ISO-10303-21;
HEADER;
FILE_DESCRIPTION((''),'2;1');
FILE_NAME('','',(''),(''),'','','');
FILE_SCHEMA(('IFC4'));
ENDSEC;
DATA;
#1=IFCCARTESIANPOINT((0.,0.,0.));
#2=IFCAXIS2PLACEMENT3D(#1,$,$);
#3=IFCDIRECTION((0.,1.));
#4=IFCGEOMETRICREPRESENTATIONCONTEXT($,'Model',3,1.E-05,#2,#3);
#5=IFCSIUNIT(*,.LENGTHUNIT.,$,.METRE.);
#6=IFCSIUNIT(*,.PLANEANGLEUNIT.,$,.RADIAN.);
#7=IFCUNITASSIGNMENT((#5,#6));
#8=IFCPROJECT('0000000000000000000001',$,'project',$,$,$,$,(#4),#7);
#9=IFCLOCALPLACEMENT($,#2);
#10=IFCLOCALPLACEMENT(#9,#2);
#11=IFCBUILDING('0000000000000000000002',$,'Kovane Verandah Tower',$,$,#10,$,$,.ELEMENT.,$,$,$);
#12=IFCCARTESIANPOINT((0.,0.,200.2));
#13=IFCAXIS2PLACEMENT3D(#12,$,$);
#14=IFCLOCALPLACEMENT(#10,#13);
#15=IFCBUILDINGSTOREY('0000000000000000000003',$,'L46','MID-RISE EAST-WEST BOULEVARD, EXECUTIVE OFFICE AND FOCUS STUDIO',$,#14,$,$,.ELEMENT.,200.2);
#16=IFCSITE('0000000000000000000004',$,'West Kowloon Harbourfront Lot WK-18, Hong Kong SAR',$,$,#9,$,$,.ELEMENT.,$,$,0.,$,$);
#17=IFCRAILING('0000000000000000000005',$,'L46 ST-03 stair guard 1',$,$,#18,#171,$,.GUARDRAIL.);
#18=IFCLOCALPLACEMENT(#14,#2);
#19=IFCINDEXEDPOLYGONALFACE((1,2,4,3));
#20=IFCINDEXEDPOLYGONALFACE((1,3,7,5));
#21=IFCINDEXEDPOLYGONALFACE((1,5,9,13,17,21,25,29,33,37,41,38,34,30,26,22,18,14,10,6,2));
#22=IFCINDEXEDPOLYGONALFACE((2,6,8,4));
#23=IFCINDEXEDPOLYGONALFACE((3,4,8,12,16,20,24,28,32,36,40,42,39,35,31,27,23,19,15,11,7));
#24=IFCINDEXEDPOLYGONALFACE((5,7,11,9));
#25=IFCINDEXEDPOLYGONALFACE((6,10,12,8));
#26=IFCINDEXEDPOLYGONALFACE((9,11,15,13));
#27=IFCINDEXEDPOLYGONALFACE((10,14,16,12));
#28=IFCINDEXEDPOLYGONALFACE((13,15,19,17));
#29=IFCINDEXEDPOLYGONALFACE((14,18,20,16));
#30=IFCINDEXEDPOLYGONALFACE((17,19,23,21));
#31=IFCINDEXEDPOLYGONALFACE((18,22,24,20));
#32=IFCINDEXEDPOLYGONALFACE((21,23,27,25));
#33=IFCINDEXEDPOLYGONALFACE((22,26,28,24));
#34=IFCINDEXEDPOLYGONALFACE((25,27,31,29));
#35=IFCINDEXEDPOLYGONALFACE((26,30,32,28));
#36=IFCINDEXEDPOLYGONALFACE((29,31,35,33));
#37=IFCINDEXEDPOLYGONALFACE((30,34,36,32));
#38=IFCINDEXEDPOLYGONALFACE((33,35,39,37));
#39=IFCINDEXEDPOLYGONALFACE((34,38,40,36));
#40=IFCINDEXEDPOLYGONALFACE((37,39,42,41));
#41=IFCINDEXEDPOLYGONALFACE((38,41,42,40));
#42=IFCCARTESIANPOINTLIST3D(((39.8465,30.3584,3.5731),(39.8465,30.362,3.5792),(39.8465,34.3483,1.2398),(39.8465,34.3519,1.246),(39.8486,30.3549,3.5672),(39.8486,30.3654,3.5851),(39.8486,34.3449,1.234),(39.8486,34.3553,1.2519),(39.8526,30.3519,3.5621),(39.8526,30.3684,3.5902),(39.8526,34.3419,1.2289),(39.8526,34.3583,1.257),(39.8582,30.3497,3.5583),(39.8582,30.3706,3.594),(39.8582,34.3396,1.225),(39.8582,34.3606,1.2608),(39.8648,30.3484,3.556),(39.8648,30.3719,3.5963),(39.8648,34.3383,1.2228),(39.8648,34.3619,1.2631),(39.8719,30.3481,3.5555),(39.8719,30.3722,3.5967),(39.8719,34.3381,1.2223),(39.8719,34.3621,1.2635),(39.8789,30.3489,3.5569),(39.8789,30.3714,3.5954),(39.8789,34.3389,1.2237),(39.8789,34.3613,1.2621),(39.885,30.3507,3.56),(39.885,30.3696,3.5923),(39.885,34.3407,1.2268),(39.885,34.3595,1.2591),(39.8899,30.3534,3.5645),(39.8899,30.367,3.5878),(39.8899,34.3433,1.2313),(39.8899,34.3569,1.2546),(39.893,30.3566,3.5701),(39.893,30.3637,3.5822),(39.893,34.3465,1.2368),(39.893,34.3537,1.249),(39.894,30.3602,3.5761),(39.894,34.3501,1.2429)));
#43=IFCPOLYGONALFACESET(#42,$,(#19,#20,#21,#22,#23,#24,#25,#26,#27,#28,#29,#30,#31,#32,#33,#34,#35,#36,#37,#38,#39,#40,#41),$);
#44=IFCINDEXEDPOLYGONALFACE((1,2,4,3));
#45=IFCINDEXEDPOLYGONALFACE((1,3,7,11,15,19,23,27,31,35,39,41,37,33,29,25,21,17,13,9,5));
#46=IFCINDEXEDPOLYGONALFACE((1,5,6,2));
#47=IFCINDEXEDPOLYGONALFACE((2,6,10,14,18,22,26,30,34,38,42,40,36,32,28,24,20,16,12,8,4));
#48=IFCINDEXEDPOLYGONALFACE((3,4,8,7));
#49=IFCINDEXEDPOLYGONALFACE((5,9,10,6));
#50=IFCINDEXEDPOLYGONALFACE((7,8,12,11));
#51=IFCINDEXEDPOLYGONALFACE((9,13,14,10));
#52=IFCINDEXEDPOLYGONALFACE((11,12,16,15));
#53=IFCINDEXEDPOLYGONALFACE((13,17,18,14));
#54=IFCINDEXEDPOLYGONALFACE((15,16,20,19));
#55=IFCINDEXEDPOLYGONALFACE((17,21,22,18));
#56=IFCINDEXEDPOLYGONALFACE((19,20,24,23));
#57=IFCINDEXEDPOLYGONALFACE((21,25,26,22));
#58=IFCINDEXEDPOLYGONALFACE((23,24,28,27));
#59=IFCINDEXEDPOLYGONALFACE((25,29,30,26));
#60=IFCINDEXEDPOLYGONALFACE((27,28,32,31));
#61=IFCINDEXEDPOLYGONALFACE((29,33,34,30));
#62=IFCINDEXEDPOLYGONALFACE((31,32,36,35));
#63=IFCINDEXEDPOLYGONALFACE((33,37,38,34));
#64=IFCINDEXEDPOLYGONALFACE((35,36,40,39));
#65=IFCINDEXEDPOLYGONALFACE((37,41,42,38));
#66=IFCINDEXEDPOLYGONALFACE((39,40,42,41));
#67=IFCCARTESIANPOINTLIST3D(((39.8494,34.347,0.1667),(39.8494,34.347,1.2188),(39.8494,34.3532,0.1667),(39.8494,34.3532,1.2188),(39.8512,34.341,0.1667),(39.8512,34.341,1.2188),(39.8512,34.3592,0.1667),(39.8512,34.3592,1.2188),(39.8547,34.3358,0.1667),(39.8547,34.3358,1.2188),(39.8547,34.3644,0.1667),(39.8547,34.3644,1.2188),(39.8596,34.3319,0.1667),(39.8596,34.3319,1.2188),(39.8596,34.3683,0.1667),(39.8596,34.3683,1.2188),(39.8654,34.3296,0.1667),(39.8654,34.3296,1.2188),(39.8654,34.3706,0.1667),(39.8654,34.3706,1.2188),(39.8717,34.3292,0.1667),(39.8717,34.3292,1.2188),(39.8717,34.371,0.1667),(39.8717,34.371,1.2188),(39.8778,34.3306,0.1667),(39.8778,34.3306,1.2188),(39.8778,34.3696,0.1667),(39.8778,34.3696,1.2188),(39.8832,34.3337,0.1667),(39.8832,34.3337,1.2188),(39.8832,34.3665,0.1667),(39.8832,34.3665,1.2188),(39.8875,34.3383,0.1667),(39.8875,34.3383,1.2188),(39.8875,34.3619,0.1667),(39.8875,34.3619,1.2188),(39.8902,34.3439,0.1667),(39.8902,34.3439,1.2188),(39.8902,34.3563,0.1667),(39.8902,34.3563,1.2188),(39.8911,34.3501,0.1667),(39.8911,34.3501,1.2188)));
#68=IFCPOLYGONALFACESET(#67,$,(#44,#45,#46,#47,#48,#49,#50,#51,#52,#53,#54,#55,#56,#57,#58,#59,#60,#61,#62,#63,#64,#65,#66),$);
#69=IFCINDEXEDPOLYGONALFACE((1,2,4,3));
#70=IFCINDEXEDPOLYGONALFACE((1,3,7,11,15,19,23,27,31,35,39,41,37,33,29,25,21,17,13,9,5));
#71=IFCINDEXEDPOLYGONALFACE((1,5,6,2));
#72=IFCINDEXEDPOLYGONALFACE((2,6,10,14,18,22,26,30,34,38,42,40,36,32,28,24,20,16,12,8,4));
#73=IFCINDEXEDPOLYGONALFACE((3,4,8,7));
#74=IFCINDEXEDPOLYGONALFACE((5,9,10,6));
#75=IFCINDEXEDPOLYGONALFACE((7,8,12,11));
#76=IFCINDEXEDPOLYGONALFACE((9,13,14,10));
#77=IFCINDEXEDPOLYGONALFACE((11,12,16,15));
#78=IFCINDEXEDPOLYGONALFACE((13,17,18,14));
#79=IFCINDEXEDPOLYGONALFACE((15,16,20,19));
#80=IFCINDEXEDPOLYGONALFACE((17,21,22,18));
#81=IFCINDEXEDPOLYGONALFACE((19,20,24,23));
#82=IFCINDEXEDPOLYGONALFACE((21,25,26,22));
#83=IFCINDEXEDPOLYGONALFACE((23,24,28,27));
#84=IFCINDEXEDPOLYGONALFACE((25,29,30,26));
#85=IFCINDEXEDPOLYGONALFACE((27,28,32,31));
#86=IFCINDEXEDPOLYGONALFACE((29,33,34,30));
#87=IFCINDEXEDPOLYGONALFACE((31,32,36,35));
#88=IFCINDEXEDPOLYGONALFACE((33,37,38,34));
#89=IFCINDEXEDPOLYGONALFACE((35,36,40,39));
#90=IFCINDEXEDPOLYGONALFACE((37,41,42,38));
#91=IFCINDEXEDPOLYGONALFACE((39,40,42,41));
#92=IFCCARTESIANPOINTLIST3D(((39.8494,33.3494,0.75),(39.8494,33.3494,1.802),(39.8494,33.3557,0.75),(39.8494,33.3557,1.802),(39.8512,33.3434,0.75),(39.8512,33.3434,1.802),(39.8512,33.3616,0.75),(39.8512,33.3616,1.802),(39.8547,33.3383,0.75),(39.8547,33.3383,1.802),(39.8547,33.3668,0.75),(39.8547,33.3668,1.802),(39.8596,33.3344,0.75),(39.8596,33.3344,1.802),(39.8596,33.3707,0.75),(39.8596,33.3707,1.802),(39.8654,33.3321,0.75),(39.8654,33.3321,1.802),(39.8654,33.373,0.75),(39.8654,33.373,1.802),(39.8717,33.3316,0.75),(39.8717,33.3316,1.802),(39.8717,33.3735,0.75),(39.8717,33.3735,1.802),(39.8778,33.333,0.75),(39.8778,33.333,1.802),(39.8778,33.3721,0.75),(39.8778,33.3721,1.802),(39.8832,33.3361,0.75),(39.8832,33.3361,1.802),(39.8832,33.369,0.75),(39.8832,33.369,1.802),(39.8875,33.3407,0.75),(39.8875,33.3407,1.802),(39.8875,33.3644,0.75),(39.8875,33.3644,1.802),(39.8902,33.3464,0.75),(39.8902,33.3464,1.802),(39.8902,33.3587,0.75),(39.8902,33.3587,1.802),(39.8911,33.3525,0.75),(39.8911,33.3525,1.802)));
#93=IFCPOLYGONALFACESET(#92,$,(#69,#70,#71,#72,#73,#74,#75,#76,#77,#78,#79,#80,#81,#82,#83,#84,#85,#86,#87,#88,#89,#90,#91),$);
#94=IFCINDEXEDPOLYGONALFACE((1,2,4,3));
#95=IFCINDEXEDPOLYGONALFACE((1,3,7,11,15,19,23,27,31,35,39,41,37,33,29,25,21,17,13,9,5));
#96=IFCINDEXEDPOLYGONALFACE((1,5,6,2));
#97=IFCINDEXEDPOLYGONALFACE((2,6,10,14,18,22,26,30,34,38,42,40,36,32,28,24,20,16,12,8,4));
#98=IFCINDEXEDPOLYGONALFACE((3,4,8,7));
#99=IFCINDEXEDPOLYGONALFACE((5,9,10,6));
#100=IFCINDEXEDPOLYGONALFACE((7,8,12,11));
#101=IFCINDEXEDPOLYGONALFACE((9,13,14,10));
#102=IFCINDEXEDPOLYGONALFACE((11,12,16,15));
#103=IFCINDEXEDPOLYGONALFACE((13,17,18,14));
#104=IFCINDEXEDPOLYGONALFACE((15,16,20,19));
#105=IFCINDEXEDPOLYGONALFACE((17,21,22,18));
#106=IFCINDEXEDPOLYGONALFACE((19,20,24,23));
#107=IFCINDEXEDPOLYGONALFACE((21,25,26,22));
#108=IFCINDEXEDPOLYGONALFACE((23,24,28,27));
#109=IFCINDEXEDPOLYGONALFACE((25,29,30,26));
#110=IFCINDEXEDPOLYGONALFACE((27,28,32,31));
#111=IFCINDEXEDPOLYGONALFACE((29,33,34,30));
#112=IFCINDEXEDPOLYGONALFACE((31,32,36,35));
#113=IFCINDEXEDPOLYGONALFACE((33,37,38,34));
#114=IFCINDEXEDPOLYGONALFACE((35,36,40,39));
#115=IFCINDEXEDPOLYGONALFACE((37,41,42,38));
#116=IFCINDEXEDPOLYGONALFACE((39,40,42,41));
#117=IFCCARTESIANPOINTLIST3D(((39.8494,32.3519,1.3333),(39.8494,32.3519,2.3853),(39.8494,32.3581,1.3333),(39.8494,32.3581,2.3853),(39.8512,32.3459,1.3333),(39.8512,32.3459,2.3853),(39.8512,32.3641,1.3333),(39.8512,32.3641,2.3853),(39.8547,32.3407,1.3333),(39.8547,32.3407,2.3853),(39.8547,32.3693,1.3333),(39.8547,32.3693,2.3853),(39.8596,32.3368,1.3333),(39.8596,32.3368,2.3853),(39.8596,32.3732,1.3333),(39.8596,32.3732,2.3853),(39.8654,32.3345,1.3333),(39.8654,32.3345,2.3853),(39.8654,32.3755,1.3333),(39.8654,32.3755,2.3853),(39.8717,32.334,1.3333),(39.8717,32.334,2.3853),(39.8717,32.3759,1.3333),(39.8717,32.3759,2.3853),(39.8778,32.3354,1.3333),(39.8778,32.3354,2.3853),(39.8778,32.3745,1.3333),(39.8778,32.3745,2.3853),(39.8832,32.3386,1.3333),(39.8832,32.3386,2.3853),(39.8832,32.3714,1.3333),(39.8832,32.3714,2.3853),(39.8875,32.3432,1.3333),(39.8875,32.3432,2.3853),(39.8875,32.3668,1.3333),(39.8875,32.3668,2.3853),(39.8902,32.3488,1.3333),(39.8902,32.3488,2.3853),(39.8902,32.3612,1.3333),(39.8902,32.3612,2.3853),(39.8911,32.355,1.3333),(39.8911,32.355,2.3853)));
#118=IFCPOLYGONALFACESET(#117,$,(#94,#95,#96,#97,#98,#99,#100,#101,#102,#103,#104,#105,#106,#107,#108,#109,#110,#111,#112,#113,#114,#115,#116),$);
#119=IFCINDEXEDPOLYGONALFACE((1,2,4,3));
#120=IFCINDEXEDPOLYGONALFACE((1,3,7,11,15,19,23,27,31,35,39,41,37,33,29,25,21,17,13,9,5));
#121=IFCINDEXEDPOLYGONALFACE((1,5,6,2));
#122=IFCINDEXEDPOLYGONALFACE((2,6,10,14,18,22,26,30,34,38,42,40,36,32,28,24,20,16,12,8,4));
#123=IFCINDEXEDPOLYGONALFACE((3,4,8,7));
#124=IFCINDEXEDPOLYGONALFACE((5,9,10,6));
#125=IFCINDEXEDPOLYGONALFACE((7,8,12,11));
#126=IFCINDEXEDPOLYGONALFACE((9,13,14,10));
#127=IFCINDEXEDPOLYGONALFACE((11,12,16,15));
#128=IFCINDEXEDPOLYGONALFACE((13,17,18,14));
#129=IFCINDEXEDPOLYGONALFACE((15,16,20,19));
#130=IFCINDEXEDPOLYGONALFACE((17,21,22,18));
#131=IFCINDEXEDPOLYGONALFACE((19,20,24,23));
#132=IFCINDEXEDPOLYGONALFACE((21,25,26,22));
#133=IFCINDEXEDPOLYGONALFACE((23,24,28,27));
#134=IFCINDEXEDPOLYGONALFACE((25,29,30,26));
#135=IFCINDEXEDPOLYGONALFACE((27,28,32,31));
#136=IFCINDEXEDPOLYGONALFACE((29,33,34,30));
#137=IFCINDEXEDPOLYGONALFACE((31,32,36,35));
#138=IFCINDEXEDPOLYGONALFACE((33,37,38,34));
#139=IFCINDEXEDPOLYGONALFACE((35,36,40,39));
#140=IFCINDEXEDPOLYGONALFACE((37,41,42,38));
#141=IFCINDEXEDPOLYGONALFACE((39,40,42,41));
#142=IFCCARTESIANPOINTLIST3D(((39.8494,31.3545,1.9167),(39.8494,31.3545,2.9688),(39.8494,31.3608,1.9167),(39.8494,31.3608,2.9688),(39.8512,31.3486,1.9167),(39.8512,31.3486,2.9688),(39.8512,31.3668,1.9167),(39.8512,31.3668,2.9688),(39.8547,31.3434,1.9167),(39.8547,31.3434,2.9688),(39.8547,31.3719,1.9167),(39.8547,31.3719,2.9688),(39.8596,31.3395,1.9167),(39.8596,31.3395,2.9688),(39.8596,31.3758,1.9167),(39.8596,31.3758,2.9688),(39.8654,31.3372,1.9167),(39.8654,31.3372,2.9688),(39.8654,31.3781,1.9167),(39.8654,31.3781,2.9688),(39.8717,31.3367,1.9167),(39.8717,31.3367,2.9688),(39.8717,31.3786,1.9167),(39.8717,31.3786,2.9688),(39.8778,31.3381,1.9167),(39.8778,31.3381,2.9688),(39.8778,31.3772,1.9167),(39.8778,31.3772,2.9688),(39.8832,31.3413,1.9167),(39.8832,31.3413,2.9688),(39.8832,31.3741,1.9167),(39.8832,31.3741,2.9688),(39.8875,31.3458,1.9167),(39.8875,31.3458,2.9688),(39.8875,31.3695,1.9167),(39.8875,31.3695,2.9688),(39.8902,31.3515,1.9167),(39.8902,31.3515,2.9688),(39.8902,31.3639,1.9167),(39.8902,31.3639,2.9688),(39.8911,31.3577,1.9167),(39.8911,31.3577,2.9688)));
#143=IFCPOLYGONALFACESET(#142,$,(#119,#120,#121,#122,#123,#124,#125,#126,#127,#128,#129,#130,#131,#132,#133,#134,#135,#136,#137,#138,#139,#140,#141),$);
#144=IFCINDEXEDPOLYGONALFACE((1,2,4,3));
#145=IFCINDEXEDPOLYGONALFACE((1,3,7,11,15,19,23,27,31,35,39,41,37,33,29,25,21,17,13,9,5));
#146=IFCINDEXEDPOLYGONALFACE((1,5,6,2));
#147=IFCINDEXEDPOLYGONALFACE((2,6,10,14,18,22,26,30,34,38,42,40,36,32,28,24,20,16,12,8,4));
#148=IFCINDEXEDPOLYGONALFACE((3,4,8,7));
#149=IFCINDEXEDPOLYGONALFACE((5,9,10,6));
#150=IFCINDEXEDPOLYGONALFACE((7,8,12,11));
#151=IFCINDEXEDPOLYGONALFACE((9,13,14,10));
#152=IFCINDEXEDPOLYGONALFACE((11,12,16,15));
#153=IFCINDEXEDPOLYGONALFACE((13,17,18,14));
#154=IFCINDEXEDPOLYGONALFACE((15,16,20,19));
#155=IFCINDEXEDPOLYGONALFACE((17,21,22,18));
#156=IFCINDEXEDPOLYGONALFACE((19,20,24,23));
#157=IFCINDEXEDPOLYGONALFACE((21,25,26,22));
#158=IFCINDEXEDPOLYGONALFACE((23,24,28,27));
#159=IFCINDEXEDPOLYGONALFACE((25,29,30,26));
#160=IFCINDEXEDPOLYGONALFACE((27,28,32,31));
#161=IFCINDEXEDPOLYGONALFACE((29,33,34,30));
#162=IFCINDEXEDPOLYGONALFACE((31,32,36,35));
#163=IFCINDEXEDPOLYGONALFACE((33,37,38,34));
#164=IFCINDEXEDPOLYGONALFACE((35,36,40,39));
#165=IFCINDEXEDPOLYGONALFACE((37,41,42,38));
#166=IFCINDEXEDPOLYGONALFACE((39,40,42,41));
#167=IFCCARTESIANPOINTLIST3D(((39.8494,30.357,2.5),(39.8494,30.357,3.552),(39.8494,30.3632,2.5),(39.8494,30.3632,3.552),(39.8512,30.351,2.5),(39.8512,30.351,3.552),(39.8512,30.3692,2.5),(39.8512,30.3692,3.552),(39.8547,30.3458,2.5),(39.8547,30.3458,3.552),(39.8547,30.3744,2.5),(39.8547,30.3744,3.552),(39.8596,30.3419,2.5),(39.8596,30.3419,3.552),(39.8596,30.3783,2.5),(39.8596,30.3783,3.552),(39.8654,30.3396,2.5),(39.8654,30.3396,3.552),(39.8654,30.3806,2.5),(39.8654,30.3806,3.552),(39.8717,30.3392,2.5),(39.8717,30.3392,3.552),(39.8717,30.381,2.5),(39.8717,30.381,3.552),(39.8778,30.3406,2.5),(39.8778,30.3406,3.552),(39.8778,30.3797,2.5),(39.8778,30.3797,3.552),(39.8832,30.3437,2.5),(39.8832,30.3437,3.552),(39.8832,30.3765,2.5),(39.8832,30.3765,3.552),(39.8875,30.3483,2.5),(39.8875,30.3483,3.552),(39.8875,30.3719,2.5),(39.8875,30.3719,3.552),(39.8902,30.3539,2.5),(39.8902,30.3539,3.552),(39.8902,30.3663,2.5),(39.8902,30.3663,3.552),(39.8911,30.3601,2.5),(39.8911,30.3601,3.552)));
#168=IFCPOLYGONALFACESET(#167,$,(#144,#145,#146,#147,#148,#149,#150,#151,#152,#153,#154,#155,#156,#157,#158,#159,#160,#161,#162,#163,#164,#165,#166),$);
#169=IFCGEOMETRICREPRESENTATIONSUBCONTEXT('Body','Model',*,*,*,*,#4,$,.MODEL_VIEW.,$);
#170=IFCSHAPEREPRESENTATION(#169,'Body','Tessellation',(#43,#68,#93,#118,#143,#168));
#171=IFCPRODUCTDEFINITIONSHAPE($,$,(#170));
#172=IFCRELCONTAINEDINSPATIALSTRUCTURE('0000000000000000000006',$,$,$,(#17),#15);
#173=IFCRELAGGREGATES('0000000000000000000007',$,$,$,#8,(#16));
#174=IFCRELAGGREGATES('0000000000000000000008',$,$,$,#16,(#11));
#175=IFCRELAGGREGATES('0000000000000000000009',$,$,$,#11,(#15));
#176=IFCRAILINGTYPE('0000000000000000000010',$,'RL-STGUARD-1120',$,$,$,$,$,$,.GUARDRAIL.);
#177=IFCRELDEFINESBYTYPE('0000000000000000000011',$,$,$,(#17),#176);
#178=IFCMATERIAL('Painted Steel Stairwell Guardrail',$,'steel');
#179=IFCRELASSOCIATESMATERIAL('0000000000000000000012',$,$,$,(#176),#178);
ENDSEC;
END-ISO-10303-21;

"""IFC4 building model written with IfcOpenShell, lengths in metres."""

from ifc_helpers import new_model, si_unit, direction, frame, origin, origin_2d, place, context, subcontext, project, spatial, circle, extrude, material, type_object, element, save


model = new_model("IFC4")

# Units and contexts
model_context = context("Model", 3, precision=1e-05, world=origin(), true_north=direction((0.0, 1.0)))
body_context = subcontext(model_context, "Body", "Model", "MODEL_VIEW")
ifc_project = project(units=[si_unit("LENGTHUNIT", "METRE"), si_unit("PLANEANGLEUNIT", "RADIAN")], contexts=[model_context])

# Site, building, storey
site_placement = place(None, origin())
site = spatial("IfcSite", under=ifc_project, at=site_placement, Name="West Kowloon Harbourfront Lot WK-18, Hong Kong SAR", CompositionType="ELEMENT", RefElevation=0.0)
building_placement = place(site_placement, origin())
building = spatial("IfcBuilding", under=site, at=building_placement, Name="Kovane Verandah Tower", CompositionType="ELEMENT")
storey_placement = place(building_placement, frame((0.0, 0.0, 200.2)))
storey = spatial("IfcBuildingStorey", under=building, at=storey_placement, Name="L46", Description="MID-RISE EAST-WEST BOULEVARD, EXECUTIVE OFFICE AND FOCUS STUDIO", CompositionType="ELEMENT", Elevation=200.2)

# Railing
ifc_material_1 = material(Name="Painted Steel Stairwell Guardrail", Category="steel")
railing_type_1 = type_object("IfcRailingType", Name="RL-STGUARD-1120", PredefinedType="GUARDRAIL", material=ifc_material_1)
railing_1_placement = place(storey_placement, frame((39.8701, 34.3501, 0.1667)))
element("IfcRailing", 1, at=railing_1_placement, inside=storey, type_object=railing_type_1, Name="L46 ST-03 stair guard 1", PredefinedType="GUARDRAIL", context=body_context, shape_type="SweptSolid", body=[
    extrude(circle(Radius=0.0239, at=origin_2d()), frame((0.0, 0.0, 1.0762), z_axis=(0.0, -0.863236, 0.5048), x_axis=(1.0, 0.0, 0.0)), (0.0, 0.0, 1.0), 4.6221),
    extrude(circle(Radius=0.021, at=origin_2d()), origin(), (0.0, 0.0, 1.0), 1.052),
    extrude(circle(Radius=0.021, at=origin_2d()), frame((0.0, -0.9976, 0.5833)), (0.0, 0.0, 1.0), 1.052),
    extrude(circle(Radius=0.021, at=origin_2d()), frame((0.0, -1.9951, 1.1665)), (0.0, 0.0, 1.0), 1.052),
    extrude(circle(Radius=0.021, at=origin_2d()), frame((0.0, -2.9924, 1.75)), (0.0, 0.0, 1.0), 1.052),
    extrude(circle(Radius=0.021, at=origin_2d()), frame((0.0, -3.99, 2.3333)), (0.0, 0.0, 1.0), 1.052),
])

save(model, "model.ifc")
